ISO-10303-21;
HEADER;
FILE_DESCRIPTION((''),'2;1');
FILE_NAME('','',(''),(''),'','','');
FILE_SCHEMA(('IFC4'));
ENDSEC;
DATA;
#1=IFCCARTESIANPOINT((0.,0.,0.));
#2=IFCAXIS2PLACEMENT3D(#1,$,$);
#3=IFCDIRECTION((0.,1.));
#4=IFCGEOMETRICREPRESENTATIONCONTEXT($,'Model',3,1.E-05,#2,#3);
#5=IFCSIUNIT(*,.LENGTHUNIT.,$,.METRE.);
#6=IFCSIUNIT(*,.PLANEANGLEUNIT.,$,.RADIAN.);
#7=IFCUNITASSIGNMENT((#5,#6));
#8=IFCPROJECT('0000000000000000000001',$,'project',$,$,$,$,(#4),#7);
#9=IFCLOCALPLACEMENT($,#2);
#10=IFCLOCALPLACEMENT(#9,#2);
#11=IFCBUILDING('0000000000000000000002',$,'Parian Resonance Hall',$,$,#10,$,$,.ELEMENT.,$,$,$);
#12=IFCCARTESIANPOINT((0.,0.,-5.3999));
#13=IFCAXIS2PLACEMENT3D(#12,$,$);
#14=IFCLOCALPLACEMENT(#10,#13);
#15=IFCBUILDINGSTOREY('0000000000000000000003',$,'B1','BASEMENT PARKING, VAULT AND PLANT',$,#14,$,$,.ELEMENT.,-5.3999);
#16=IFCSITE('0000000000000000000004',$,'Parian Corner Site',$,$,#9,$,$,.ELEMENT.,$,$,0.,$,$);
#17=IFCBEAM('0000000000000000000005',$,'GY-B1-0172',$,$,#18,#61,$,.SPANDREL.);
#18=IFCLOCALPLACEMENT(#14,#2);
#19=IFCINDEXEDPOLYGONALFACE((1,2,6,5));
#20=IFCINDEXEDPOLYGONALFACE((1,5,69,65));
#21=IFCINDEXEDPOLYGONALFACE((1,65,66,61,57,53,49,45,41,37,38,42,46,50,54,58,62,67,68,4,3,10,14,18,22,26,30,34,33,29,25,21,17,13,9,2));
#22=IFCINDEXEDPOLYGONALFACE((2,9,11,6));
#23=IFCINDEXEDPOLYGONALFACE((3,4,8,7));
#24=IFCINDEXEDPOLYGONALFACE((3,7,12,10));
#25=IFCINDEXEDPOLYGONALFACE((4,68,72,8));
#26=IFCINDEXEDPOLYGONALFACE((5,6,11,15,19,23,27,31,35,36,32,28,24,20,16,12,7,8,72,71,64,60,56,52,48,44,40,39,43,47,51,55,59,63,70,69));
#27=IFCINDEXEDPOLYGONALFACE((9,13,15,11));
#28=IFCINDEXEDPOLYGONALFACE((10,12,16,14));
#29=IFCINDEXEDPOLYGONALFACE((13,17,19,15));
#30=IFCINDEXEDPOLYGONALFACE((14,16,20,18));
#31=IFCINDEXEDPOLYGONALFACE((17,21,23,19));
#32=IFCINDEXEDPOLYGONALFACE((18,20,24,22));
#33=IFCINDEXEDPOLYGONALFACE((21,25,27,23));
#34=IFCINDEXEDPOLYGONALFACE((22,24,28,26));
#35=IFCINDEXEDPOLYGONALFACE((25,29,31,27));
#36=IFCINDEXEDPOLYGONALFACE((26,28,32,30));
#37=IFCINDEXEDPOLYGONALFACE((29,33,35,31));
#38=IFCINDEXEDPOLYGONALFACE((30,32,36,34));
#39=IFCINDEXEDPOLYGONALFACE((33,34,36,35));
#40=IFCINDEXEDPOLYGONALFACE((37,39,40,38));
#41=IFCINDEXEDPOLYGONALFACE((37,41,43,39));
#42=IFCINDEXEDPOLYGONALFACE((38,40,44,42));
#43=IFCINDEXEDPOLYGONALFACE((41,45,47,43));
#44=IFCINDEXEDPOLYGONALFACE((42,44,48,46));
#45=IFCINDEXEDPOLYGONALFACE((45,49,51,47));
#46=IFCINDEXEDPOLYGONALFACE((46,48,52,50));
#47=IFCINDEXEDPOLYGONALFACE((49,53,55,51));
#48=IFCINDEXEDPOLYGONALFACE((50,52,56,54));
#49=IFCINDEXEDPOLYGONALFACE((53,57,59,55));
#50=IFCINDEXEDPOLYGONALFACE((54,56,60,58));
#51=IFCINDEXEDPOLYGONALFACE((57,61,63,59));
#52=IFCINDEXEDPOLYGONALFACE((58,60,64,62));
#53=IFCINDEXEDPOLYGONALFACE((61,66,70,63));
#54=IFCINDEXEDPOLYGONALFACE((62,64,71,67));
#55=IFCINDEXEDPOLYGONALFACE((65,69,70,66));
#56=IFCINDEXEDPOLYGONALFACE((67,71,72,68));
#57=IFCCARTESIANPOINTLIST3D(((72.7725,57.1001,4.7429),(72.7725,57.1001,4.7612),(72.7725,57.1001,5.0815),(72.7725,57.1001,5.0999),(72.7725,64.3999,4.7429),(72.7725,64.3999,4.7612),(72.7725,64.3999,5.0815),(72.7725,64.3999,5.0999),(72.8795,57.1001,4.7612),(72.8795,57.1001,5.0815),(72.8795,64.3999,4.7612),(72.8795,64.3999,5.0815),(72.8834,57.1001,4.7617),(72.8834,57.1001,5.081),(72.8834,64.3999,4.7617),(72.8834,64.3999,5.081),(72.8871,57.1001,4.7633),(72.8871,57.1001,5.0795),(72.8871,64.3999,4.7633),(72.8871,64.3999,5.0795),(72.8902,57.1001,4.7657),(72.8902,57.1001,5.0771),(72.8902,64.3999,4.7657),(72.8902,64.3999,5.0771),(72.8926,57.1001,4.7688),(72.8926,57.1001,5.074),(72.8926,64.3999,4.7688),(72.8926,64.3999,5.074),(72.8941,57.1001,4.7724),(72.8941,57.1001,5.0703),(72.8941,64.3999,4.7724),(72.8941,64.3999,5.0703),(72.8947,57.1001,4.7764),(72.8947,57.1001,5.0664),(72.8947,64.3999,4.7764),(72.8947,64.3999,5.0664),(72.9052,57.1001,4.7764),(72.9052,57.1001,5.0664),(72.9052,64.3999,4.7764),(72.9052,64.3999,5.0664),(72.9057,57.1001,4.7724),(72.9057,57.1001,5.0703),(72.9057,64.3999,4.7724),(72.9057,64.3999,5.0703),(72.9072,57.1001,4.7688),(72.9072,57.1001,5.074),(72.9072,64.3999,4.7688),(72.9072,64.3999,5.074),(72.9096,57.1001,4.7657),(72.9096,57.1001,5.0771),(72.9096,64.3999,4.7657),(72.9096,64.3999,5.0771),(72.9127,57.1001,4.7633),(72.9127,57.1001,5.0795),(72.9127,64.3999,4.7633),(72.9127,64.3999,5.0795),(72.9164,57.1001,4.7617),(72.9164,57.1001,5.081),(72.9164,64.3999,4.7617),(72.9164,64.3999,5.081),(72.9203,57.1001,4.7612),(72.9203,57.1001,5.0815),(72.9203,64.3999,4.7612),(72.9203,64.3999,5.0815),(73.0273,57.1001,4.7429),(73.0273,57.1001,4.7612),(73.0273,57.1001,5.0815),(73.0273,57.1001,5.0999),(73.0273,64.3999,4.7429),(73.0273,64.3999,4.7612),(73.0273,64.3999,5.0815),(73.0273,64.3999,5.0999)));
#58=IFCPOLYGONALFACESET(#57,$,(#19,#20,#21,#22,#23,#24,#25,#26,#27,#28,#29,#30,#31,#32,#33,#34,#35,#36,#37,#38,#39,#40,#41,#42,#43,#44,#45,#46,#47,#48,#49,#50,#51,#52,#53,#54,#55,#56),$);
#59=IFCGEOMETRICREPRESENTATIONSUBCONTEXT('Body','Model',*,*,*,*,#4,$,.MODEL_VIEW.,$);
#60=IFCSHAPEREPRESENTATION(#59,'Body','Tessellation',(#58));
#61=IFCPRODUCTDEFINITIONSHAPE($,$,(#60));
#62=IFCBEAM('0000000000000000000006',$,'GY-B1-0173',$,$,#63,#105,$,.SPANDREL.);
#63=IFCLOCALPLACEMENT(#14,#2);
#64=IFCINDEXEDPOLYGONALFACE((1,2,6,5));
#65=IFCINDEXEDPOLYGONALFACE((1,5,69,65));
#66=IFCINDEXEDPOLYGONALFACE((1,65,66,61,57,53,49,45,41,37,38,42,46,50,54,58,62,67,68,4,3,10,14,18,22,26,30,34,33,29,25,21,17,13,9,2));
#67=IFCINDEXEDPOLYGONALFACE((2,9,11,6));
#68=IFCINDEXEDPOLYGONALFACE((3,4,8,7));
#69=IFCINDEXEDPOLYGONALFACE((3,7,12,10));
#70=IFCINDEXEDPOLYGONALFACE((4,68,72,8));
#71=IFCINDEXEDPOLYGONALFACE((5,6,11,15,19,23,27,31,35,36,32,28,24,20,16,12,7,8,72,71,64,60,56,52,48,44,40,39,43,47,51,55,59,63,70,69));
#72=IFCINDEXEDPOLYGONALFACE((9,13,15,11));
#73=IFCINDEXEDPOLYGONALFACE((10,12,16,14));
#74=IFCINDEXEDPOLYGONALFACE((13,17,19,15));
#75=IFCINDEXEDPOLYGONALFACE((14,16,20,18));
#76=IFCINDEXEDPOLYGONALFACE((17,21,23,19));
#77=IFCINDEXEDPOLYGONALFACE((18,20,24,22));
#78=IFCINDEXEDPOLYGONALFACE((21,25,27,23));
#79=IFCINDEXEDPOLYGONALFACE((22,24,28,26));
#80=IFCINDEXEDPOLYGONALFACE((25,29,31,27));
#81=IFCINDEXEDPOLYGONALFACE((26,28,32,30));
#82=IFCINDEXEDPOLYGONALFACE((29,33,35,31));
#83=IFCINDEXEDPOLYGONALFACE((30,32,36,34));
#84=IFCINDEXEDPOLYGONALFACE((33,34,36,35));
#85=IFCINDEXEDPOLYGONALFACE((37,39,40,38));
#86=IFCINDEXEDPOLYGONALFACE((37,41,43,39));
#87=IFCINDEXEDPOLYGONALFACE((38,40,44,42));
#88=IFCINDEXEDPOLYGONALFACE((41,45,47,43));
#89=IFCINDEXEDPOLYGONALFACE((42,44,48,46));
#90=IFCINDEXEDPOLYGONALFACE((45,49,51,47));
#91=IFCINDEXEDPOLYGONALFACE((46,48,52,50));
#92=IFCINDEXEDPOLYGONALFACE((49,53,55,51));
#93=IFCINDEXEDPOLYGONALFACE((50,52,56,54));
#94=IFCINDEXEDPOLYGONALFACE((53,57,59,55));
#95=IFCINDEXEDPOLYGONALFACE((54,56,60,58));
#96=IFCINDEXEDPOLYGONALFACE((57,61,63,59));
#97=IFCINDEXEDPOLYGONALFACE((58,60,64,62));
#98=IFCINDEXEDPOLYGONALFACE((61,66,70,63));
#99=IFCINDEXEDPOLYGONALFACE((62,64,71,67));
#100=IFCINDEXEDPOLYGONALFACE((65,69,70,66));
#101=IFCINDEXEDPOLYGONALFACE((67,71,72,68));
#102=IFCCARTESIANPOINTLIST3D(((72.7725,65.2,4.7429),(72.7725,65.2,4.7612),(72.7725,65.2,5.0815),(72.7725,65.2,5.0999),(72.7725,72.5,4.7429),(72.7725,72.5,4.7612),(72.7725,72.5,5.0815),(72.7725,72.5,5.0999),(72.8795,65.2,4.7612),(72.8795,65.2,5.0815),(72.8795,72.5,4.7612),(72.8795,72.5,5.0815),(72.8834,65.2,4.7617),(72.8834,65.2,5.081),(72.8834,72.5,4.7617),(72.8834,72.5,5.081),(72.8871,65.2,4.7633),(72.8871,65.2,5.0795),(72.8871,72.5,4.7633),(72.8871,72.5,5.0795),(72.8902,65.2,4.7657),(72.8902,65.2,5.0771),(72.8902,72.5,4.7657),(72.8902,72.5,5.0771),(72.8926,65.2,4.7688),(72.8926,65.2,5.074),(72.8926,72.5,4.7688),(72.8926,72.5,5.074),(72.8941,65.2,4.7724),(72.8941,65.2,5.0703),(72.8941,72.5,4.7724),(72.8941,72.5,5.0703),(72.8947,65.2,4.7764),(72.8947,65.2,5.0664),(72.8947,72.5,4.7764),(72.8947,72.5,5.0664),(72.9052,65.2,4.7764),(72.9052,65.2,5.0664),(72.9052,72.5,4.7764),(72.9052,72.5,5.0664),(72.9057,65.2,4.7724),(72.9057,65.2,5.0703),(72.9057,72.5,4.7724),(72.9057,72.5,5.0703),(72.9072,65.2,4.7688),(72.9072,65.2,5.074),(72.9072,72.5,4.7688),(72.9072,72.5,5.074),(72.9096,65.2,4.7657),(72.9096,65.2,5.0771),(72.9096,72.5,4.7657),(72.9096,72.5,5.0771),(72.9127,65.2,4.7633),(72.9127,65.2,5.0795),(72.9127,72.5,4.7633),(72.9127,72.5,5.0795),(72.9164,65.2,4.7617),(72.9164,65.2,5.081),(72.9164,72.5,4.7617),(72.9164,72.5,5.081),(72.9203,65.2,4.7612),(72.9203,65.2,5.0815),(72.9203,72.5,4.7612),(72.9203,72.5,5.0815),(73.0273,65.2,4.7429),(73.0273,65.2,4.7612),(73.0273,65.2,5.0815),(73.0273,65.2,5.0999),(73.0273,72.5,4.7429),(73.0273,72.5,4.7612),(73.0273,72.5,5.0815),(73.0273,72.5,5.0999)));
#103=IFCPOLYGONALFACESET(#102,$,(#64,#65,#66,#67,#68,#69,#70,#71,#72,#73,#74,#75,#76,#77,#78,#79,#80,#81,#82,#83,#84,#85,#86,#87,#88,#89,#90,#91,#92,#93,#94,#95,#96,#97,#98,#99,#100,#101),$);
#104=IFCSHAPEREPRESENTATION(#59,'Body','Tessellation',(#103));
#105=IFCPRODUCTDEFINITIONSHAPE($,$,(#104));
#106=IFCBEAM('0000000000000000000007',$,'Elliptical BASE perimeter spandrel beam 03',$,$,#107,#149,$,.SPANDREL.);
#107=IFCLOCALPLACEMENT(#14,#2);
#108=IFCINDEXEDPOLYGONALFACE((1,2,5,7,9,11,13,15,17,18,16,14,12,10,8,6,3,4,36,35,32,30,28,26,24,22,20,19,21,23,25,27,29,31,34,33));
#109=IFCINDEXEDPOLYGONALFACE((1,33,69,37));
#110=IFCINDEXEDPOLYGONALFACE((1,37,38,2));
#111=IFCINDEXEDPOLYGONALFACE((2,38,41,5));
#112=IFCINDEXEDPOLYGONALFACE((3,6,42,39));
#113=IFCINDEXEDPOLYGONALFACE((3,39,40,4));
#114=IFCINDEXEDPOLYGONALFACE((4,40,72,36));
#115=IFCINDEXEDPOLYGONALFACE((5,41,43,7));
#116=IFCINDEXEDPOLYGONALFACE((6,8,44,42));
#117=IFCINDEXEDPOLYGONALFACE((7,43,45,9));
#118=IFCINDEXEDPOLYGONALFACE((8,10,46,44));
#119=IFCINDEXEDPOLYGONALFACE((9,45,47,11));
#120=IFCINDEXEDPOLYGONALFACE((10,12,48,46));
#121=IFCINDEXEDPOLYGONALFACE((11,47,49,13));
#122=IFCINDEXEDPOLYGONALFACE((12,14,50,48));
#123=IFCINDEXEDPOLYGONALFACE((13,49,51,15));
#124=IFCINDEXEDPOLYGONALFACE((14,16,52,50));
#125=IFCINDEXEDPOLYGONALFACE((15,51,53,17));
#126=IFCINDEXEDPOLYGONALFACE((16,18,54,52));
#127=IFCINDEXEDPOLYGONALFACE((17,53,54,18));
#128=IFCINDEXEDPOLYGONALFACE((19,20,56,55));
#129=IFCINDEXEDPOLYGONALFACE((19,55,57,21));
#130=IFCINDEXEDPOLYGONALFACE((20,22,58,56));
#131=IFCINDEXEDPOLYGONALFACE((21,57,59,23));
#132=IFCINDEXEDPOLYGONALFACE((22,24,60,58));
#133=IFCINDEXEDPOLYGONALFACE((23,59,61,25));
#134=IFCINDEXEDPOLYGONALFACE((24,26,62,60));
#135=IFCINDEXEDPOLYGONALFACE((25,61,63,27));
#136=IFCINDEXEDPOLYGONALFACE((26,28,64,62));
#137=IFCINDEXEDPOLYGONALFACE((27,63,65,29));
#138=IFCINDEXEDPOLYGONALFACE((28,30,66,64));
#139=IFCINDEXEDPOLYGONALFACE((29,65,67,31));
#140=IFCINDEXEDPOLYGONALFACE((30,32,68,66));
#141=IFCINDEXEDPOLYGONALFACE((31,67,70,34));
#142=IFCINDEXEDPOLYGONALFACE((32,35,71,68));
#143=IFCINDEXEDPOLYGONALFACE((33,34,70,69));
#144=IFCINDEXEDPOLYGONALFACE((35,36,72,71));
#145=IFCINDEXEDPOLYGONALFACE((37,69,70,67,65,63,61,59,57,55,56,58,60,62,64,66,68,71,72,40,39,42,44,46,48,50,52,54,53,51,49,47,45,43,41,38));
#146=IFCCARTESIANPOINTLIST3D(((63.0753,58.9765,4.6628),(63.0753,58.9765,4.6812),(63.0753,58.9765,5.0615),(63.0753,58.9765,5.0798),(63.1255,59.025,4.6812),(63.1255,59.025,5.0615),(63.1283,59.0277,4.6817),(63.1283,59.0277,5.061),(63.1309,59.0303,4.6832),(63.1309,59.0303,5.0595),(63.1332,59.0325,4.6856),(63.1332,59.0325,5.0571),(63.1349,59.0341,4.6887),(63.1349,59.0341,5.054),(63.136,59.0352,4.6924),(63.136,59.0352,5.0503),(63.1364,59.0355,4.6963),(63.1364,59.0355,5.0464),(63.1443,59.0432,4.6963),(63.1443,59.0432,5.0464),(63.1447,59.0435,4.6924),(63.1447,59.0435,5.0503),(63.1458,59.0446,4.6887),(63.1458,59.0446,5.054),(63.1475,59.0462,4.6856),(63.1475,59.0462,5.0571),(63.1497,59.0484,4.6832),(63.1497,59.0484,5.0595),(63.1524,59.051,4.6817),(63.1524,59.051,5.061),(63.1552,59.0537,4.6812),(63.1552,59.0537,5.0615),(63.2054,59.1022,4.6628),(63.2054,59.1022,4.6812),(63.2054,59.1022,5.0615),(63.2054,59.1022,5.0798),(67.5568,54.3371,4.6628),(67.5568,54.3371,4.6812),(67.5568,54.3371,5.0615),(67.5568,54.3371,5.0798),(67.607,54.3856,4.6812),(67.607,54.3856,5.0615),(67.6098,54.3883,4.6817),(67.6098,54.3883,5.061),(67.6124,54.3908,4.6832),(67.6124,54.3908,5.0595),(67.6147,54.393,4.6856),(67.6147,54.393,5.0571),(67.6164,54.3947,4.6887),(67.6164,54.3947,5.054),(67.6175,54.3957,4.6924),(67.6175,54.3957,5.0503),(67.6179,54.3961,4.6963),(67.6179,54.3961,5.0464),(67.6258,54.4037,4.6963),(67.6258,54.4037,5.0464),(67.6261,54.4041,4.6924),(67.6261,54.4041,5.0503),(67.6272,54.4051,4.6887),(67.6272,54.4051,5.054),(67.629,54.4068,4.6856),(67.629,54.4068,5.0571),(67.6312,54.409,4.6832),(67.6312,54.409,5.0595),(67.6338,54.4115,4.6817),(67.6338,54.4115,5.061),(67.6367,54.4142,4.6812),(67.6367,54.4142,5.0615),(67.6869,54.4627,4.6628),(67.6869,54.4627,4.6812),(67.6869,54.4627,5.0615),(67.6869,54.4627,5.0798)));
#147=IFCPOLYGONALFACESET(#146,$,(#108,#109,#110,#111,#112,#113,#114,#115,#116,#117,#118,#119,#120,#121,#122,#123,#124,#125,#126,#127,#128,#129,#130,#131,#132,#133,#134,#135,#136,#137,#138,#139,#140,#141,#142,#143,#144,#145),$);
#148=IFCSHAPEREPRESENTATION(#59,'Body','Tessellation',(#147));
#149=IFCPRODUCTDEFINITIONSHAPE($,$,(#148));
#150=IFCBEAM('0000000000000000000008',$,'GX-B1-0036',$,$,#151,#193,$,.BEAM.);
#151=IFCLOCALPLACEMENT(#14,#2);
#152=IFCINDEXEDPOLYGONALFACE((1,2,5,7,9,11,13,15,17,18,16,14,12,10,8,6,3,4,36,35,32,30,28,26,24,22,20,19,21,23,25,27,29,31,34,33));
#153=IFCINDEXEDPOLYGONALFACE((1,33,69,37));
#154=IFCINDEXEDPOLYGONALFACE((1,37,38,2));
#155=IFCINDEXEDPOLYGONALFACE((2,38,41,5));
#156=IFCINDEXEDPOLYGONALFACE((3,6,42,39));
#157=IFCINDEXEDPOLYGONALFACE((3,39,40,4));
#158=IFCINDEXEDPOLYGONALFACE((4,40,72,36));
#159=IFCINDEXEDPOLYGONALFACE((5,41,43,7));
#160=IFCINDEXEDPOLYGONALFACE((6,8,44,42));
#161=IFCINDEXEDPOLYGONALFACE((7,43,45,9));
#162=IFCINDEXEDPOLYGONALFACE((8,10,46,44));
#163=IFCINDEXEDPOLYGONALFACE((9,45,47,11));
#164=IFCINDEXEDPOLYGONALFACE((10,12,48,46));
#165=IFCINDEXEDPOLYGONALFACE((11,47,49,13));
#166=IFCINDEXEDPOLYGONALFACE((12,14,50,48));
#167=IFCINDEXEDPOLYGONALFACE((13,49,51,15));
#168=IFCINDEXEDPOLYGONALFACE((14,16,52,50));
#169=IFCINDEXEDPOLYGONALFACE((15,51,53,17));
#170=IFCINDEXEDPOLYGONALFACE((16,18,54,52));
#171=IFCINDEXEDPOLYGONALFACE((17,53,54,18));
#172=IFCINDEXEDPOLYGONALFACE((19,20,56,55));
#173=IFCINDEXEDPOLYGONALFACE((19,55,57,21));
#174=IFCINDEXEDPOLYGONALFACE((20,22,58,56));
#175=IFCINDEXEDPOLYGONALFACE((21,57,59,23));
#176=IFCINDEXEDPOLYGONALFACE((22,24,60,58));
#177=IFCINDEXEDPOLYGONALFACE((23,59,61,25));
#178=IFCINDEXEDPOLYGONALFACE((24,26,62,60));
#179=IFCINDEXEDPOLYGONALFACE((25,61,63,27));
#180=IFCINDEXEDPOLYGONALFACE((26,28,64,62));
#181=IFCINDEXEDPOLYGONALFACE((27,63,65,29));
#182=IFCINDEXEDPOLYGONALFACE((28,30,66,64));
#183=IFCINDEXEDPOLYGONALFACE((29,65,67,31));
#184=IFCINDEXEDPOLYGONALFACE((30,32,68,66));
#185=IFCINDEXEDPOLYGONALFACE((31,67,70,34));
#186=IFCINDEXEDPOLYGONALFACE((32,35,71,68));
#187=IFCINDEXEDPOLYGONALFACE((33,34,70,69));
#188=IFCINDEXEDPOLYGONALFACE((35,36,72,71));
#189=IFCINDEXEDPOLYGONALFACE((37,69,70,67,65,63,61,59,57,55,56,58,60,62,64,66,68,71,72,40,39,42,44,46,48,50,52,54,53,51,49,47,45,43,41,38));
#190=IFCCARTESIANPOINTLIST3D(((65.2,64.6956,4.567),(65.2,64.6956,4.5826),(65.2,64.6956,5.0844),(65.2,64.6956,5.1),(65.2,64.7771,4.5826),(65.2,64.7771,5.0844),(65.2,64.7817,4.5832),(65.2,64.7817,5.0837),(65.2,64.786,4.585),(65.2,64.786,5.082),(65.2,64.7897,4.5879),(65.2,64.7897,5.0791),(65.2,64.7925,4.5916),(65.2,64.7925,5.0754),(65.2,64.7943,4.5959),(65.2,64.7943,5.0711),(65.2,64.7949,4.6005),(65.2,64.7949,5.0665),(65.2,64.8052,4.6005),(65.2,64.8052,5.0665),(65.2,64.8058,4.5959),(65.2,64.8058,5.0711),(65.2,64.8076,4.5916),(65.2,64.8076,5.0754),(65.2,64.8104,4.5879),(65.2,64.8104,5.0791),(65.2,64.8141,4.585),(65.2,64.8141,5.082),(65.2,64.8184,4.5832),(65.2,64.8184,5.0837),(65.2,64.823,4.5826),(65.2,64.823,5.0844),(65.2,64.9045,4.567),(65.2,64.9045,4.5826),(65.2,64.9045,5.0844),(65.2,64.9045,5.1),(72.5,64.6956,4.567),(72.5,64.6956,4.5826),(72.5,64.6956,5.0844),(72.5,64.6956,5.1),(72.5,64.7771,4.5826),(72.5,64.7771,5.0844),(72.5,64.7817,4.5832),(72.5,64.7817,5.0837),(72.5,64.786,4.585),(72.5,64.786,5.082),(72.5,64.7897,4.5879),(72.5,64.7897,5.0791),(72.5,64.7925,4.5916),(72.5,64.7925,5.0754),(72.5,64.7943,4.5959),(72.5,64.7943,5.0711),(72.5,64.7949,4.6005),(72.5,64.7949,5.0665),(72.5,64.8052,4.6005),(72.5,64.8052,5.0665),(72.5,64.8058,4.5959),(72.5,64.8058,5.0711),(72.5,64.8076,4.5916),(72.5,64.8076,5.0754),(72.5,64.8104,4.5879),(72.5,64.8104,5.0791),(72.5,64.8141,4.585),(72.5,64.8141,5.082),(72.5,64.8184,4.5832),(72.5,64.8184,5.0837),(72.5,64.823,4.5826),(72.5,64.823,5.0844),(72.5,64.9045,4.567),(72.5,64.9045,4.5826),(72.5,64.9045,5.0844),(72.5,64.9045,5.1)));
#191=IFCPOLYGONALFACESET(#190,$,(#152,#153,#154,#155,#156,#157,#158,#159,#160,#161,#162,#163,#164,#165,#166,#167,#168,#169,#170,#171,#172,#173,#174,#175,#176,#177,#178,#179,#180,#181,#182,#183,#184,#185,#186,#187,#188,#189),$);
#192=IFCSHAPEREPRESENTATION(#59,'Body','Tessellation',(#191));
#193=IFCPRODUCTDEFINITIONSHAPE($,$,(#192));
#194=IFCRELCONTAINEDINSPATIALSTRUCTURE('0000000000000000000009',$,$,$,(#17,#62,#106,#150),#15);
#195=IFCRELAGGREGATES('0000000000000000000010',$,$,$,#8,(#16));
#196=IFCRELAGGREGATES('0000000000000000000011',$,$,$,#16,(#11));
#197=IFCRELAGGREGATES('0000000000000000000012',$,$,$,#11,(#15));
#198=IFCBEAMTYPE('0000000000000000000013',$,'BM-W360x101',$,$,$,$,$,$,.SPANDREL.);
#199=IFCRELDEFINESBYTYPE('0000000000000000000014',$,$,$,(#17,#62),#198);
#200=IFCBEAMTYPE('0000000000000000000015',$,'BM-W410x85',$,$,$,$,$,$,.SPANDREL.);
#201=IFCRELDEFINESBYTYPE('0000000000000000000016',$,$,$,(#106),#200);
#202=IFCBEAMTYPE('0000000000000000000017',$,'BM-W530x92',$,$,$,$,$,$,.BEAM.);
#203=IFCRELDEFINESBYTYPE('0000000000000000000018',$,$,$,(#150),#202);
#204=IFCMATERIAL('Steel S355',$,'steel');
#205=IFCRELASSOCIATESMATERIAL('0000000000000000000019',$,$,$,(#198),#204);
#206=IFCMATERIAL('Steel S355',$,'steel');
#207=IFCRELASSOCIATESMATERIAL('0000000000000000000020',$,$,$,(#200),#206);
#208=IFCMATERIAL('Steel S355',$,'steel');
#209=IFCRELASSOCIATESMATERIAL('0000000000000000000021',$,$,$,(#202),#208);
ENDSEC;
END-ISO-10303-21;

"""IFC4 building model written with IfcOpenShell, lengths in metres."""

from ifc_helpers import new_model, si_unit, direction, frame, origin, origin_2d, place, context, subcontext, project, spatial, i_section, extrude, material, material_profile, profile_set, type_object, element, save


model = new_model("IFC4")

# Units and contexts
model_context = context("Model", 3, precision=1e-05, world=origin(), true_north=direction((0.0, 1.0)))
body_context = subcontext(model_context, "Body", "Model", "MODEL_VIEW")
ifc_project = project(units=[si_unit("LENGTHUNIT", "METRE"), si_unit("PLANEANGLEUNIT", "RADIAN")], contexts=[model_context])

# Site, building, storey
site_placement = place(None, origin())
site = spatial("IfcSite", under=ifc_project, at=site_placement, Name="Parian Corner Site", CompositionType="ELEMENT", RefElevation=0.0)
building_placement = place(site_placement, origin())
building = spatial("IfcBuilding", under=site, at=building_placement, Name="Parian Resonance Hall", CompositionType="ELEMENT")
storey_placement = place(building_placement, frame((0.0, 0.0, -5.3999)))
storey = spatial("IfcBuildingStorey", under=building, at=storey_placement, Name="B1", Description="BASEMENT PARKING, VAULT AND PLANT", CompositionType="ELEMENT", Elevation=-5.3999)

# Beams
ifc_material_1 = material(Name="Steel S355", Category="steel")
ifc_material_profile_1 = material_profile(ifc_material_1, i_section(OverallWidth=0.2549, OverallDepth=0.3569, WebThickness=0.0105, FlangeThickness=0.0183, FilletRadius=0.0151, at=origin_2d()), Name="W360x101")
ifc_profile_set_1 = profile_set([ifc_material_profile_1], Name="Steel S355")
beam_type_1 = type_object("IfcBeamType", Name="BM-W360x101", PredefinedType="SPANDREL", material=ifc_profile_set_1)
beam_1_placement = place(storey_placement, frame((72.8999, 57.1001, 4.9214), z_axis=(0.0, 1.0, 0.0), x_axis=(-1.0, 0.0, 0.0)))
element("IfcBeam", 1, at=beam_1_placement, inside=storey, type_object=beam_type_1, Name="GY-B1-0172", PredefinedType="SPANDREL", context=body_context, shape_type="SweptSolid", body=[
    extrude(i_section(OverallWidth=0.2549, OverallDepth=0.3569, WebThickness=0.0105, FlangeThickness=0.0183, FilletRadius=0.0151, at=origin_2d()), origin(), (0.0, 0.0, 1.0), 7.2998),
])
beam_2_placement = place(storey_placement, frame((72.8999, 65.2, 4.9214), z_axis=(0.0, 1.0, 0.0), x_axis=(-1.0, 0.0, 0.0)))
element("IfcBeam", 2, at=beam_2_placement, inside=storey, type_object=beam_type_1, Name="GY-B1-0173", PredefinedType="SPANDREL", context=body_context, shape_type="SweptSolid", body=[
    extrude(i_section(OverallWidth=0.2549, OverallDepth=0.3569, WebThickness=0.0105, FlangeThickness=0.0183, FilletRadius=0.0151, at=origin_2d()), origin(), (0.0, 0.0, 1.0), 7.3),
])
ifc_material_2 = material(Name="Steel S355", Category="steel")
ifc_material_profile_2 = material_profile(ifc_material_2, i_section(OverallWidth=0.1809, OverallDepth=0.417, WebThickness=0.011, FlangeThickness=0.0183, FilletRadius=0.0151, at=origin_2d()), Name="W410x85")
ifc_profile_set_2 = profile_set([ifc_material_profile_2], Name="Steel S355")
beam_type_2 = type_object("IfcBeamType", Name="BM-W410x85", PredefinedType="SPANDREL", material=ifc_profile_set_2)
beam_3_placement = place(storey_placement, frame((67.6218, 54.3999, 4.8713), z_axis=(-0.694757, 0.719245, 0.0), x_axis=(-0.719245, -0.694757, 0.0)))
element("IfcBeam", 3, at=beam_3_placement, inside=storey, type_object=beam_type_2, Name="Elliptical BASE perimeter spandrel beam 03", PredefinedType="SPANDREL", context=body_context, shape_type="SweptSolid", body=[
    extrude(i_section(OverallWidth=0.1809, OverallDepth=0.417, WebThickness=0.011, FlangeThickness=0.0183, FilletRadius=0.0151, at=origin_2d()), origin(), (0.0, 0.0, 1.0), 6.4504),
])
ifc_material_3 = material(Name="Steel S355", Category="steel")
ifc_material_profile_3 = material_profile(ifc_material_3, i_section(OverallWidth=0.209, OverallDepth=0.533, WebThickness=0.0103, FlangeThickness=0.0156, FilletRadius=0.0178, at=origin_2d()), Name="W530x92")
ifc_profile_set_3 = profile_set([ifc_material_profile_3], Name="Steel S355")
beam_type_3 = type_object("IfcBeamType", Name="BM-W530x92", PredefinedType="BEAM", material=ifc_profile_set_3)
beam_4_placement = place(storey_placement, frame((65.2, 64.8, 4.8335), z_axis=(1.0, 0.0, 0.0), x_axis=(0.0, 1.0, 0.0)))
element("IfcBeam", 4, at=beam_4_placement, inside=storey, type_object=beam_type_3, Name="GX-B1-0036", PredefinedType="BEAM", context=body_context, shape_type="SweptSolid", body=[
    extrude(i_section(OverallWidth=0.209, OverallDepth=0.533, WebThickness=0.0103, FlangeThickness=0.0156, FilletRadius=0.0178, at=origin_2d()), origin(), (0.0, 0.0, 1.0), 7.3),
])

save(model, "model.ifc")
